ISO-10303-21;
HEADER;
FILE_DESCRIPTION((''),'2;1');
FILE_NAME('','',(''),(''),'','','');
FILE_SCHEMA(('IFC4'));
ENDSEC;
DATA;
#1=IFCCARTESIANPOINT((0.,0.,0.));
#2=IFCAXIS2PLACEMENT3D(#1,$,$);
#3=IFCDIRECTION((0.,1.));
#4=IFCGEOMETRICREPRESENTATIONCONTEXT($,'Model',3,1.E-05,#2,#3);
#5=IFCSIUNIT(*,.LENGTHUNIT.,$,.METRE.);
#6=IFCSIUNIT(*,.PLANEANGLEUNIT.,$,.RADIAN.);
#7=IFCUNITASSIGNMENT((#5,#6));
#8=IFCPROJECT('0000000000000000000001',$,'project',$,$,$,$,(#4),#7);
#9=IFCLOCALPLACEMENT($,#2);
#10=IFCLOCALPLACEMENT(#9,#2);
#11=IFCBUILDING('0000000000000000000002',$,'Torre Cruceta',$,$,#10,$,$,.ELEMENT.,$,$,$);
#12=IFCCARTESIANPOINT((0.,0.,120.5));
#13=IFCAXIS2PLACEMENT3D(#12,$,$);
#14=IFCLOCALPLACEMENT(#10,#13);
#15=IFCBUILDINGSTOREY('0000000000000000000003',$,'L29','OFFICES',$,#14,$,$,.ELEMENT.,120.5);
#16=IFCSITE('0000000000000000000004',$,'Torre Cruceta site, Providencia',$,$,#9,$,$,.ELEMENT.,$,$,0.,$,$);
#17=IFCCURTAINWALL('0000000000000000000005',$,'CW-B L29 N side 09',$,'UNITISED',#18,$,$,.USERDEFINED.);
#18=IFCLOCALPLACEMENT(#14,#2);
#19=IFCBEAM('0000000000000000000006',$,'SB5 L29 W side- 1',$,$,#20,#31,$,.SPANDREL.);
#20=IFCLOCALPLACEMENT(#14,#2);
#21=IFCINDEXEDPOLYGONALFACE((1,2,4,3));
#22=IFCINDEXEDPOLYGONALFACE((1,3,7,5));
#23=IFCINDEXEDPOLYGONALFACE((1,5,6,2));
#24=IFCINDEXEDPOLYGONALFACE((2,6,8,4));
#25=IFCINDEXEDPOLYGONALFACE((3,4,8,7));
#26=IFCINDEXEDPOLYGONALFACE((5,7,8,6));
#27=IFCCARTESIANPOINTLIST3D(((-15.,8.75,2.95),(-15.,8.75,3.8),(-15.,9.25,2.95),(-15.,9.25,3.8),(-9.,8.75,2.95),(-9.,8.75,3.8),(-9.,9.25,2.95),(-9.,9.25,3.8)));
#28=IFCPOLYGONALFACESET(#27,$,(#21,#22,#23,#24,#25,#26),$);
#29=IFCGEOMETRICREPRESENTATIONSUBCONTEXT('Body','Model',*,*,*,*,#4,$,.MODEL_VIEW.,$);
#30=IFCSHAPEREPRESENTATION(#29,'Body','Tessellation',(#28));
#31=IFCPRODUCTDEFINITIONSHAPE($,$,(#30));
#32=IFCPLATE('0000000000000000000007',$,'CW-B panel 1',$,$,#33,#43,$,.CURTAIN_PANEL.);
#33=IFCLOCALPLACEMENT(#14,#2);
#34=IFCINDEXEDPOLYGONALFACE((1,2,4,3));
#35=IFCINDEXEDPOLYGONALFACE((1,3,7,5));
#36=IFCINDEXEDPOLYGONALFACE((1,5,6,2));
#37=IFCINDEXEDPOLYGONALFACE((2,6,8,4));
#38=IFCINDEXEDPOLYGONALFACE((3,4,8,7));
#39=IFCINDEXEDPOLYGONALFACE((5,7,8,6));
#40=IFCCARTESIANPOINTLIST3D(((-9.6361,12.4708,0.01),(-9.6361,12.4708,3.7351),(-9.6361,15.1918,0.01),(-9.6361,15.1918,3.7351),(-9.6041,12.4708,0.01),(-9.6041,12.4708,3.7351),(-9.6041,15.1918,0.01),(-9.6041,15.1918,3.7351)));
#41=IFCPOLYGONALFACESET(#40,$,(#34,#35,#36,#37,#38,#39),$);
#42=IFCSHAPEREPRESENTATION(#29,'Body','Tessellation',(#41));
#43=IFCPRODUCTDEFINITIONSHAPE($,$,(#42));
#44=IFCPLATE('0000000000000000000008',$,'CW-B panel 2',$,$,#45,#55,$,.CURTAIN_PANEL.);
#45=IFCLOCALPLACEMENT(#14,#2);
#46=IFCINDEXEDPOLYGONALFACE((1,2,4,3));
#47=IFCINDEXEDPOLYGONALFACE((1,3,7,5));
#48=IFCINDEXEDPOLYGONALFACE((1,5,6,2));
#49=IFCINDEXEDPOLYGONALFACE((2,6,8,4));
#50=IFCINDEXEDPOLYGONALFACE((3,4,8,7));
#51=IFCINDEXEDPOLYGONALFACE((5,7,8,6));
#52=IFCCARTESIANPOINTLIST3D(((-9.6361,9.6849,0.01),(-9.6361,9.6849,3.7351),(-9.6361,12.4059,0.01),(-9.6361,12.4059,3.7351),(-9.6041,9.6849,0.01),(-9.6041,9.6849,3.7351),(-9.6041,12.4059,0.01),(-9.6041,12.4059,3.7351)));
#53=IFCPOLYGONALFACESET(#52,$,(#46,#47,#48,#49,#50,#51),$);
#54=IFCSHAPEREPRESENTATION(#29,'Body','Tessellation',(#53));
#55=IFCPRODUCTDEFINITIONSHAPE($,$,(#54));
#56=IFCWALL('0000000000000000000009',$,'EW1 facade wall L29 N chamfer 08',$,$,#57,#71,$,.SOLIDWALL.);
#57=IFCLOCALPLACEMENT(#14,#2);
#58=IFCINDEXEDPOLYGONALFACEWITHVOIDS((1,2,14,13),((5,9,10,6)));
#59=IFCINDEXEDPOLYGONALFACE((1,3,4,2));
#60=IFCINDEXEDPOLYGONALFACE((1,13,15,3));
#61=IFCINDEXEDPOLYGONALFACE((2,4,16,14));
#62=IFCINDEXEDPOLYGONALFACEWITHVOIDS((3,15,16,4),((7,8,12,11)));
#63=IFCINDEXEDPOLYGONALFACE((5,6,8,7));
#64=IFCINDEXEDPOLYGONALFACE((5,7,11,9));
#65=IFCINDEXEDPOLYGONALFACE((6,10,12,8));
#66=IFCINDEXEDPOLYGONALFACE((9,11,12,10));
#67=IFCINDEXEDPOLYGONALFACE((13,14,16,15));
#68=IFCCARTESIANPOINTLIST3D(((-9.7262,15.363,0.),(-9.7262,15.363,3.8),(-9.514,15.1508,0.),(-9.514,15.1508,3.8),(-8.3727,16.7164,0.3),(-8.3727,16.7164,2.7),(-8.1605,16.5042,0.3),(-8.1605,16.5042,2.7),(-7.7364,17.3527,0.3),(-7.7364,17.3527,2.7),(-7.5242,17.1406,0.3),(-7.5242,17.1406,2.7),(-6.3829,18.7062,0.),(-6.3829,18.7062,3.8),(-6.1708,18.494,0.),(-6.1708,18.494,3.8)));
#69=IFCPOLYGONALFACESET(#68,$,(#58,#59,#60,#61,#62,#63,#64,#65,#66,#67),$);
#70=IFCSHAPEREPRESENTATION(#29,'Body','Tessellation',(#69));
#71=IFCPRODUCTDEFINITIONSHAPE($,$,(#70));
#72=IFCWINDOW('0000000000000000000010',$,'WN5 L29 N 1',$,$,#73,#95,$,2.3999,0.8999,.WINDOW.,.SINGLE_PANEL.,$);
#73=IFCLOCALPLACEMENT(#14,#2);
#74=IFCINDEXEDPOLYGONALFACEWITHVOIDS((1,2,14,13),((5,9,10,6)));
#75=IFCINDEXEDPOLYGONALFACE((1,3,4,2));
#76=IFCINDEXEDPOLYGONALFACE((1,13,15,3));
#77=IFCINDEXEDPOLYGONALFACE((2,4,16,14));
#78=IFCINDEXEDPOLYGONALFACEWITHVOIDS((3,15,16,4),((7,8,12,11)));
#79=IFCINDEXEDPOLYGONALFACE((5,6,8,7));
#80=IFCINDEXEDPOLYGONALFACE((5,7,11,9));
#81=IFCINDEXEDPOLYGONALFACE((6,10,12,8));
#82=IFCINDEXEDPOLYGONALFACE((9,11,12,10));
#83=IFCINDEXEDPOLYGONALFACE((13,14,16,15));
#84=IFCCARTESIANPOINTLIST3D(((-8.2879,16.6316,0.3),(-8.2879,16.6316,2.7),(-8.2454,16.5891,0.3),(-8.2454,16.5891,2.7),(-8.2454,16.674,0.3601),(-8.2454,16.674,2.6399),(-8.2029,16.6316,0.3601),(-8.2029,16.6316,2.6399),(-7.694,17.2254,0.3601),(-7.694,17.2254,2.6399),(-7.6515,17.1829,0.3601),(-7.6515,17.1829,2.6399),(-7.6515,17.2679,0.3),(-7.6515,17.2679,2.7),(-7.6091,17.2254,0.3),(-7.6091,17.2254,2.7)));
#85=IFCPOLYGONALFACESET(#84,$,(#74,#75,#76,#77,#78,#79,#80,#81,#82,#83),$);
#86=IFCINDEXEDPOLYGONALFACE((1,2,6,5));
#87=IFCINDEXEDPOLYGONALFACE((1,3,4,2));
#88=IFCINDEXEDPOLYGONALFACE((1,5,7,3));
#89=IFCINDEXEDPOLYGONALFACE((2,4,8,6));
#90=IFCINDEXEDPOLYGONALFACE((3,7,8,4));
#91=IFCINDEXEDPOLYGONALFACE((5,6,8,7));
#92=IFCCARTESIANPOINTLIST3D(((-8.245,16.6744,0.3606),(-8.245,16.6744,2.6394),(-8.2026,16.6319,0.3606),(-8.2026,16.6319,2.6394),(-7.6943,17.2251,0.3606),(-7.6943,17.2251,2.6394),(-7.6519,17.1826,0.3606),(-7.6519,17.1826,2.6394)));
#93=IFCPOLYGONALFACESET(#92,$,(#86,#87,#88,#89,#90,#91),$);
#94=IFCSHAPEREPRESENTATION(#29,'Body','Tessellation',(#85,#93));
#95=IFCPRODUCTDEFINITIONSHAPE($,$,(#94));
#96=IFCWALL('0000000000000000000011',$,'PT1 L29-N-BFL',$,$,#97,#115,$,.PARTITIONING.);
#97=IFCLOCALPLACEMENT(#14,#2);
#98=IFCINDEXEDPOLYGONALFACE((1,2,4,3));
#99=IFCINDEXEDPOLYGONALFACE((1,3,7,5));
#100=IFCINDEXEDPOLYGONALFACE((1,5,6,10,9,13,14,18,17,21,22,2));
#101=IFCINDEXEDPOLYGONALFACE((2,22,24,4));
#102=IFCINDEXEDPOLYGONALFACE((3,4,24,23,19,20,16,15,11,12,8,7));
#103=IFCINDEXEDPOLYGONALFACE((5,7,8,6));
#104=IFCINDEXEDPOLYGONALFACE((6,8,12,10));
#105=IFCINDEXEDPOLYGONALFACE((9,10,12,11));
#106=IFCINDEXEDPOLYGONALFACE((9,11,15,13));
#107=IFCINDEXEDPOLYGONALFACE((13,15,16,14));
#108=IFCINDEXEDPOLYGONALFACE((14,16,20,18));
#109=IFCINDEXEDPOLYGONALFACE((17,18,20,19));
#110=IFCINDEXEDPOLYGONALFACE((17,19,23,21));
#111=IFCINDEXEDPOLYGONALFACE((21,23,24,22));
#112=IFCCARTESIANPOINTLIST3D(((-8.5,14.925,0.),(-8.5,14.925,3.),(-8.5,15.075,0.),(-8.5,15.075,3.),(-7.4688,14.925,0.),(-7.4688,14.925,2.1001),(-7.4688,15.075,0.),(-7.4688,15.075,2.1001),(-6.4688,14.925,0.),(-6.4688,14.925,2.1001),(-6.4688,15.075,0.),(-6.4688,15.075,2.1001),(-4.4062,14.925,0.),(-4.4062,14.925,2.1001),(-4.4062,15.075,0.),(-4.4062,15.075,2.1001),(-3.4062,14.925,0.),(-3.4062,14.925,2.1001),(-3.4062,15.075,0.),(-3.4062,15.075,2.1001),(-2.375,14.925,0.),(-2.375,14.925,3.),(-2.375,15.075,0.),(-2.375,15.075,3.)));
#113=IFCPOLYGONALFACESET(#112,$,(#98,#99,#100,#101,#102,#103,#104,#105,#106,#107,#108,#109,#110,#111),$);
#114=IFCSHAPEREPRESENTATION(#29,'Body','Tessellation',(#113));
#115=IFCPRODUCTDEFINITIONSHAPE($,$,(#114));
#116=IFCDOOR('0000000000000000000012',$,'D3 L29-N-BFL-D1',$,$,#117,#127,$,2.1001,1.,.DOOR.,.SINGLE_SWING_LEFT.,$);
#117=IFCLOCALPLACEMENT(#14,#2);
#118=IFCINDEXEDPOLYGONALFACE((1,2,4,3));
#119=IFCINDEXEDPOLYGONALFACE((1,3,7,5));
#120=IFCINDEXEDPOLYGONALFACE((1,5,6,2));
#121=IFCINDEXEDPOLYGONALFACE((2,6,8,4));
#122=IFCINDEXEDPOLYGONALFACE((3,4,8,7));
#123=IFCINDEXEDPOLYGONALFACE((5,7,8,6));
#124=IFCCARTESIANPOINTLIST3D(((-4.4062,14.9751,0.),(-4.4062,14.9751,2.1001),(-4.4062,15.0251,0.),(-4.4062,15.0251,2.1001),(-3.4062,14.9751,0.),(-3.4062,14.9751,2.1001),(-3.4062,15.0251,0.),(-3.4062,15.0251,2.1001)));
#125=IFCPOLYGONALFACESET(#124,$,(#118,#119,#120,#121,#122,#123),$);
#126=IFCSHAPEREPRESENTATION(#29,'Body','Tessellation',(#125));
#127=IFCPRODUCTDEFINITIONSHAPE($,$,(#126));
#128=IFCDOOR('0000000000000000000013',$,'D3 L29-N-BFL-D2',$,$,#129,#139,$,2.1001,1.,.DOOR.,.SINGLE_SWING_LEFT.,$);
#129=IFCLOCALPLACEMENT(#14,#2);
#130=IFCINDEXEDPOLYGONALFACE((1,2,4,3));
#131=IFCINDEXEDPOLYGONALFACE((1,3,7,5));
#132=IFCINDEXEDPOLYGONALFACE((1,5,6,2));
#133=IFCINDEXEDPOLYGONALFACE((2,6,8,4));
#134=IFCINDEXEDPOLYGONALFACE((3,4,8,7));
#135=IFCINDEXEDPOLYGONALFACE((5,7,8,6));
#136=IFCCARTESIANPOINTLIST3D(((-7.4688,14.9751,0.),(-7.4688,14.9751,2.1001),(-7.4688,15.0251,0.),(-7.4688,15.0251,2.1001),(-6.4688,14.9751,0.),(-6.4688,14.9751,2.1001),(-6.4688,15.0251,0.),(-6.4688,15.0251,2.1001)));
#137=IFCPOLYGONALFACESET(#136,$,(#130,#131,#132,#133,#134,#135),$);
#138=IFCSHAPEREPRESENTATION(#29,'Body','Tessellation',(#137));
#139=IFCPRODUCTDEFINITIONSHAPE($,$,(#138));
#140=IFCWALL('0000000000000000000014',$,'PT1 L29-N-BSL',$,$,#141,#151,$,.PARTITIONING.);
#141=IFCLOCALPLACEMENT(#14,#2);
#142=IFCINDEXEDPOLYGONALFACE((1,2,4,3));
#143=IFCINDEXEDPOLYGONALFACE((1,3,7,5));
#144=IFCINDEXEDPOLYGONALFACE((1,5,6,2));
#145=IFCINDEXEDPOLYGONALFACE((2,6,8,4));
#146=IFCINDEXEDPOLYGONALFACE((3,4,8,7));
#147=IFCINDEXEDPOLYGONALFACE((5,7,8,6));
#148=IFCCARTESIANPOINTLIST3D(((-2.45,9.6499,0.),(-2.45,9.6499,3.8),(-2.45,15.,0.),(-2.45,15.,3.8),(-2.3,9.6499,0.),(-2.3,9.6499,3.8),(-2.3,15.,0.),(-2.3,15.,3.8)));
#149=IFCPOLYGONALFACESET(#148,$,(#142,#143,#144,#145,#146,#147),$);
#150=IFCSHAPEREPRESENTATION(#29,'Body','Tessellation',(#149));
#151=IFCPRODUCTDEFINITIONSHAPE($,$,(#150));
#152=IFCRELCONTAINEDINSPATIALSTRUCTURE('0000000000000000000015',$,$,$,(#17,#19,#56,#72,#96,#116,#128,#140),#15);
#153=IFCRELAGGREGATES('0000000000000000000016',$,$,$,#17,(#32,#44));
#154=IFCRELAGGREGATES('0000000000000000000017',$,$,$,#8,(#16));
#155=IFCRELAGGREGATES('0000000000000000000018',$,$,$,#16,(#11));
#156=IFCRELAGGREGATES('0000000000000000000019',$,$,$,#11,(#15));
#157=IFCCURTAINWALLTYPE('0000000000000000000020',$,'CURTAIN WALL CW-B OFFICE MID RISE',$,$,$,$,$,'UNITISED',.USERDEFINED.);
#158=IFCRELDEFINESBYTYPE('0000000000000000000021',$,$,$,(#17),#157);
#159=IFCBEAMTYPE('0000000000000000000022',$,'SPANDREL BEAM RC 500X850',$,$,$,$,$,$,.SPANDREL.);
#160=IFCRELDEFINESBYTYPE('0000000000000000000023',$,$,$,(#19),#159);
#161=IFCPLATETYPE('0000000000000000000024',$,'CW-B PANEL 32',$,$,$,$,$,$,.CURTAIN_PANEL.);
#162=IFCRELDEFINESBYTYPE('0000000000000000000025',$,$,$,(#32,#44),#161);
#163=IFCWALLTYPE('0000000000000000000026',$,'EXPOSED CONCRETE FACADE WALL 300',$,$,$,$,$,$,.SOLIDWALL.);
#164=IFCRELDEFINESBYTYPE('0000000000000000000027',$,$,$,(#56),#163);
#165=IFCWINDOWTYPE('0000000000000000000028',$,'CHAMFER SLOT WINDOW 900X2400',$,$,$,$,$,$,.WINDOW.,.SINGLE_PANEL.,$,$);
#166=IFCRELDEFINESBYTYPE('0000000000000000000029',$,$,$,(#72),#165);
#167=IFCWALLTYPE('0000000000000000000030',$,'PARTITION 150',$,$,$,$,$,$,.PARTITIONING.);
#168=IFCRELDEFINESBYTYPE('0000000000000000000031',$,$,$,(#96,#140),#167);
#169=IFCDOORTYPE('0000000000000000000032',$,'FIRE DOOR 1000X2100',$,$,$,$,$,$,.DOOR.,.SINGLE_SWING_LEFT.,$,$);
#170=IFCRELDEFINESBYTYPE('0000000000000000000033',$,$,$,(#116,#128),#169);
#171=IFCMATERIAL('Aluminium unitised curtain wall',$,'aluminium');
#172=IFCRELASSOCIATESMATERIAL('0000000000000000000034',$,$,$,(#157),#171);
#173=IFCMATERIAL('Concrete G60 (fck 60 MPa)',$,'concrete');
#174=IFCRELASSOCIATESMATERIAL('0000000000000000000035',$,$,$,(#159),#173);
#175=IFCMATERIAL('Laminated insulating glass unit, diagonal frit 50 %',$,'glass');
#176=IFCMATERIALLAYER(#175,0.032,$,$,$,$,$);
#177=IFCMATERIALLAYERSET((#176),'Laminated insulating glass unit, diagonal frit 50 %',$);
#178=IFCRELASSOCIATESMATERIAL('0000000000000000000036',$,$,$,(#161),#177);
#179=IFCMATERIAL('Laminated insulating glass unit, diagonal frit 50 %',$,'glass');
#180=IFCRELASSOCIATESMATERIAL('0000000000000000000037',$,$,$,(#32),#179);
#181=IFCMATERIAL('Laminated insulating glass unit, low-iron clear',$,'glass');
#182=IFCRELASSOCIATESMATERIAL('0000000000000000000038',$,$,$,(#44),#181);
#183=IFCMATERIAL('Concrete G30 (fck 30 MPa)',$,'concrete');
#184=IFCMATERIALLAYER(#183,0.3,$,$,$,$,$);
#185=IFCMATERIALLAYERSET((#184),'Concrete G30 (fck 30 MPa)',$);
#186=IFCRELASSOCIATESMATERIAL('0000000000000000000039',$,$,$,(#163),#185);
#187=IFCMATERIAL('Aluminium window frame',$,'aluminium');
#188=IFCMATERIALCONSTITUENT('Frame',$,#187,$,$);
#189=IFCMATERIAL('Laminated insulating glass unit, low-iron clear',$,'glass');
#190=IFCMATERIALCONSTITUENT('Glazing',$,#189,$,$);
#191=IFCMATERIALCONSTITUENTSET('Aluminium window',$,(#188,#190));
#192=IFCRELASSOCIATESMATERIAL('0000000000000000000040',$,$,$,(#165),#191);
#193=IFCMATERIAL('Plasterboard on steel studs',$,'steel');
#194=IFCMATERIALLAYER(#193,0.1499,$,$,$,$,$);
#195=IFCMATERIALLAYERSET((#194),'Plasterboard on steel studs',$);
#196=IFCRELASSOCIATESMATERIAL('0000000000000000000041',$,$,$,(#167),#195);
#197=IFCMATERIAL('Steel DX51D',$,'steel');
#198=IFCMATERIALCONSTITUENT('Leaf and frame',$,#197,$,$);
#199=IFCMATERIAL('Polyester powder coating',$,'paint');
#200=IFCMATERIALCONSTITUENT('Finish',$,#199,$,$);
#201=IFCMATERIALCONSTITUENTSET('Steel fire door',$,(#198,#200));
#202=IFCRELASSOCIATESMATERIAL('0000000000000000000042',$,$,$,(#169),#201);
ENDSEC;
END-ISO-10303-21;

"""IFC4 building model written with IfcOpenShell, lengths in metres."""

from ifc_helpers import new_model, si_unit, direction, frame, frame_2d, origin, origin_2d, place, context, subcontext, project, spatial, rectangle, hollow_rectangle, extrude, material, layer, layer_set, constituent, constituent_set, material_profile, profile_set, type_object, element, fill, aggregate, save


model = new_model("IFC4")

# Units and contexts
model_context = context("Model", 3, precision=1e-05, world=origin(), true_north=direction((0.0, 1.0)))
body_context = subcontext(model_context, "Body", "Model", "MODEL_VIEW")
ifc_project = project(units=[si_unit("LENGTHUNIT", "METRE"), si_unit("PLANEANGLEUNIT", "RADIAN")], contexts=[model_context])

# Site, building, storey
site_placement = place(None, origin())
site = spatial("IfcSite", under=ifc_project, at=site_placement, Name="Torre Cruceta site, Providencia", CompositionType="ELEMENT", RefElevation=0.0)
building_placement = place(site_placement, origin())
building = spatial("IfcBuilding", under=site, at=building_placement, Name="Torre Cruceta", CompositionType="ELEMENT")
storey_placement = place(building_placement, frame((0.0, 0.0, 120.5)))
storey = spatial("IfcBuildingStorey", under=building, at=storey_placement, Name="L29", Description="OFFICES", CompositionType="ELEMENT", Elevation=120.5)

# Curtain wall
ifc_material_1 = material(Name="Aluminium unitised curtain wall", Category="aluminium")
curtain_wall_type = type_object("IfcCurtainWallType", Name="CURTAIN WALL CW-B OFFICE MID RISE", ElementType="UNITISED", PredefinedType="USERDEFINED", material=ifc_material_1)
curtain_wall_placement = place(storey_placement, origin())
curtain_wall = element("IfcCurtainWall", 1, at=curtain_wall_placement, inside=storey, type_object=curtain_wall_type, Name="CW-B L29 N side 09", ObjectType="UNITISED", PredefinedType="USERDEFINED")

# Beam
ifc_material_2 = material(Name="Concrete G60 (fck 60 MPa)", Category="concrete")
ifc_material_profile_1 = material_profile(ifc_material_2, rectangle(XDim=0.5, YDim=0.8501, at=origin_2d()), Name="RC 500X850")
ifc_profile_set_1 = profile_set([ifc_material_profile_1], Name="Concrete G60 (fck 60 MPa)")
beam_type_1 = type_object("IfcBeamType", Name="SPANDREL BEAM RC 500X850", PredefinedType="SPANDREL", material=ifc_profile_set_1)
beam_1_placement = place(storey_placement, frame((-9.0, 9.0, 3.375), z_axis=(-1.0, 0.0, 0.0), x_axis=(0.0, -1.0, 0.0)))
element("IfcBeam", 2, at=beam_1_placement, inside=storey, type_object=beam_type_1, Name="SB5 L29 W side- 1", PredefinedType="SPANDREL", context=body_context, shape_type="SweptSolid", body=[
    extrude(rectangle(XDim=0.5, YDim=0.8501, at=origin_2d()), origin(), (0.0, 0.0, 1.0), 6.0),
])

# Plates
ifc_material_3 = material(Name="Laminated insulating glass unit, diagonal frit 50 %", Category="glass")
ifc_material_4 = material(Name="Laminated insulating glass unit, diagonal frit 50 %", Category="glass")
ifc_layer_1 = layer(ifc_material_4, 0.032)
ifc_layer_set_1 = layer_set([ifc_layer_1], Name="Laminated insulating glass unit, diagonal frit 50 %")
plate_type = type_object("IfcPlateType", Name="CW-B PANEL 32", PredefinedType="CURTAIN_PANEL", material=ifc_layer_set_1)
plate_1_placement = place(storey_placement, frame((-9.6201, 13.8313, 0.01), z_axis=(0.0, 0.0, 1.0), x_axis=(0.0, -1.0, 0.0)))
plate_1 = element("IfcPlate", 3, at=plate_1_placement, type_object=plate_type, material=ifc_material_3, Name="CW-B panel 1", PredefinedType="CURTAIN_PANEL", context=body_context, shape_type="SweptSolid", body=[
    extrude(rectangle(XDim=2.7209, YDim=0.032, at=origin_2d()), origin(), (0.0, 0.0, 1.0), 3.7251),
])
ifc_material_5 = material(Name="Laminated insulating glass unit, low-iron clear", Category="glass")
plate_2_placement = place(storey_placement, frame((-9.6201, 11.0454, 0.01), z_axis=(0.0, 0.0, 1.0), x_axis=(0.0, -1.0, 0.0)))
plate_2 = element("IfcPlate", 4, at=plate_2_placement, type_object=plate_type, material=ifc_material_5, Name="CW-B panel 2", PredefinedType="CURTAIN_PANEL", context=body_context, shape_type="SweptSolid", body=[
    extrude(rectangle(XDim=2.7209, YDim=0.032, at=origin_2d()), origin(), (0.0, 0.0, 1.0), 3.7251),
])
aggregate(curtain_wall, [plate_1, plate_2])

# Wall, opening, window
ifc_material_6 = material(Name="Concrete G30 (fck 30 MPa)", Category="concrete")
ifc_layer_2 = layer(ifc_material_6, 0.3)
ifc_layer_set_2 = layer_set([ifc_layer_2], Name="Concrete G30 (fck 30 MPa)")
wall_type_1 = type_object("IfcWallType", Name="EXPOSED CONCRETE FACADE WALL 300", PredefinedType="SOLIDWALL", material=ifc_layer_set_2)
wall_1_placement = place(storey_placement, frame((-6.2769, 18.6001, 0.0), z_axis=(0.0, 0.0, 1.0), x_axis=(-0.707107, -0.707107, 0.0)))
wall_1 = element("IfcWall", 5, at=wall_1_placement, inside=storey, type_object=wall_type_1, Name="EW1 facade wall L29 N chamfer 08", PredefinedType="SOLIDWALL", context=body_context, shape_type="SweptSolid", body=[
    extrude(rectangle(XDim=4.728, YDim=0.3, at=frame_2d((2.364, 0.0))), origin(), (0.0, 0.0, 1.0), 3.8),
])
opening_1_placement = place(wall_1_placement, frame((1.9141, 0.0, 0.3)))
opening_1 = element("IfcOpeningElement", 6, at=opening_1_placement, cuts=wall_1, PredefinedType="OPENING", context=body_context, shape_type="SweptSolid", body=[
    extrude(rectangle(XDim=0.8999, YDim=2.3999, at=frame_2d((0.45, 1.2))), frame((0.0, 0.1599, 0.0), z_axis=(0.0, -1.0, 0.0), x_axis=(1.0, 0.0, 0.0)), (0.0, 0.0, 1.0), 0.3201),
])
ifc_material_7 = material(Name="Aluminium window frame", Category="aluminium")
ifc_constituent_1 = constituent(ifc_material_7, Name="Frame")
ifc_material_8 = material(Name="Laminated insulating glass unit, low-iron clear", Category="glass")
ifc_constituent_2 = constituent(ifc_material_8, Name="Glazing")
ifc_constituent_set_1 = constituent_set(constituents=[ifc_constituent_1, ifc_constituent_2], Name="Aluminium window")
window_type = type_object("IfcWindowType", Name="CHAMFER SLOT WINDOW 900X2400", PartitioningType="SINGLE_PANEL", PredefinedType="WINDOW", material=ifc_constituent_set_1)
window_placement = place(opening_1_placement, origin())
window = element("IfcWindow", 7, at=window_placement, inside=storey, type_object=window_type, Name="WN5 L29 N 1", OverallHeight=2.3999, OverallWidth=0.8999, PartitioningType="SINGLE_PANEL", PredefinedType="WINDOW", context=body_context, shape_type="SweptSolid", body=[
    extrude(hollow_rectangle(XDim=0.8999, YDim=2.3999, WallThickness=0.0601, at=frame_2d((0.45, 1.2))), frame((0.0, 0.03, 0.0), z_axis=(0.0, -1.0, 0.0), x_axis=(1.0, 0.0, 0.0)), (0.0, 0.0, 1.0), 0.0601),
    extrude(rectangle(XDim=0.7788, YDim=2.2788, at=frame_2d((0.45, 1.2))), frame((0.0, 0.03, 0.0), z_axis=(0.0, -1.0, 0.0), x_axis=(1.0, 0.0, 0.0)), (0.0, 0.0, 1.0), 0.0601),
])
fill(opening_1, window)

# Wall, openings, doors
ifc_material_9 = material(Name="Plasterboard on steel studs", Category="steel")
ifc_layer_3 = layer(ifc_material_9, 0.1499)
ifc_layer_set_3 = layer_set([ifc_layer_3], Name="Plasterboard on steel studs")
wall_type_2 = type_object("IfcWallType", Name="PARTITION 150", PredefinedType="PARTITIONING", material=ifc_layer_set_3)
wall_2_placement = place(storey_placement, frame((-2.375, 15.0, 0.0), z_axis=(0.0, 0.0, 1.0), x_axis=(-1.0, 0.0, 0.0)))
wall_2 = element("IfcWall", 8, at=wall_2_placement, inside=storey, type_object=wall_type_2, Name="PT1 L29-N-BFL", PredefinedType="PARTITIONING", context=body_context, shape_type="SweptSolid", body=[
    extrude(rectangle(XDim=6.125, YDim=0.1499, at=frame_2d((3.0625, 0.0))), origin(), (0.0, 0.0, 1.0), 3.0),
])
opening_2_placement = place(wall_2_placement, frame((1.0312, 0.0, 0.0)))
opening_2 = element("IfcOpeningElement", 9, at=opening_2_placement, cuts=wall_2, PredefinedType="OPENING", context=body_context, shape_type="SweptSolid", body=[
    extrude(rectangle(XDim=1.0, YDim=2.1001, at=frame_2d((0.5, 1.05))), frame((0.0, 0.085, 0.0), z_axis=(0.0, -1.0, 0.0), x_axis=(1.0, 0.0, 0.0)), (0.0, 0.0, 1.0), 0.1699),
])
opening_3_placement = place(wall_2_placement, frame((4.0938, 0.0, 0.0)))
opening_3 = element("IfcOpeningElement", 10, at=opening_3_placement, cuts=wall_2, PredefinedType="OPENING", context=body_context, shape_type="SweptSolid", body=[
    extrude(rectangle(XDim=1.0, YDim=2.1001, at=frame_2d((0.5, 1.05))), frame((0.0, 0.085, 0.0), z_axis=(0.0, -1.0, 0.0), x_axis=(1.0, 0.0, 0.0)), (0.0, 0.0, 1.0), 0.1699),
])
ifc_material_10 = material(Name="Steel DX51D", Category="steel")
ifc_constituent_3 = constituent(ifc_material_10, Name="Leaf and frame")
ifc_material_11 = material(Name="Polyester powder coating", Category="paint")
ifc_constituent_4 = constituent(ifc_material_11, Name="Finish")
ifc_constituent_set_2 = constituent_set(constituents=[ifc_constituent_3, ifc_constituent_4], Name="Steel fire door")
door_type_1 = type_object("IfcDoorType", Name="FIRE DOOR 1000X2100", OperationType="SINGLE_SWING_LEFT", PredefinedType="DOOR", material=ifc_constituent_set_2)
door_1_placement = place(opening_2_placement, origin())
door_1 = element("IfcDoor", 11, at=door_1_placement, inside=storey, type_object=door_type_1, Name="D3 L29-N-BFL-D1", OperationType="SINGLE_SWING_LEFT", OverallHeight=2.1001, OverallWidth=1.0, PredefinedType="DOOR", context=body_context, shape_type="SweptSolid", body=[
    extrude(rectangle(XDim=1.0, YDim=2.1001, at=frame_2d((0.5, 1.05))), frame((0.0, 0.0249, 0.0), z_axis=(0.0, -1.0, 0.0), x_axis=(1.0, 0.0, 0.0)), (0.0, 0.0, 1.0), 0.05),
])
fill(opening_2, door_1)
door_2_placement = place(opening_3_placement, origin())
door_2 = element("IfcDoor", 12, at=door_2_placement, inside=storey, type_object=door_type_1, Name="D3 L29-N-BFL-D2", OperationType="SINGLE_SWING_LEFT", OverallHeight=2.1001, OverallWidth=1.0, PredefinedType="DOOR", context=body_context, shape_type="SweptSolid", body=[
    extrude(rectangle(XDim=1.0, YDim=2.1001, at=frame_2d((0.5, 1.05))), frame((0.0, 0.0249, 0.0), z_axis=(0.0, -1.0, 0.0), x_axis=(1.0, 0.0, 0.0)), (0.0, 0.0, 1.0), 0.05),
])
fill(opening_3, door_2)

# Wall
wall_3_placement = place(storey_placement, frame((-2.375, 9.6499, 0.0), z_axis=(0.0, 0.0, 1.0), x_axis=(0.0, 1.0, 0.0)))
element("IfcWall", 13, at=wall_3_placement, inside=storey, type_object=wall_type_2, Name="PT1 L29-N-BSL", PredefinedType="PARTITIONING", context=body_context, shape_type="SweptSolid", body=[
    extrude(rectangle(XDim=5.3501, YDim=0.1499, at=frame_2d((2.675, 0.0))), origin(), (0.0, 0.0, 1.0), 3.8),
])

save(model, "model.ifc")
